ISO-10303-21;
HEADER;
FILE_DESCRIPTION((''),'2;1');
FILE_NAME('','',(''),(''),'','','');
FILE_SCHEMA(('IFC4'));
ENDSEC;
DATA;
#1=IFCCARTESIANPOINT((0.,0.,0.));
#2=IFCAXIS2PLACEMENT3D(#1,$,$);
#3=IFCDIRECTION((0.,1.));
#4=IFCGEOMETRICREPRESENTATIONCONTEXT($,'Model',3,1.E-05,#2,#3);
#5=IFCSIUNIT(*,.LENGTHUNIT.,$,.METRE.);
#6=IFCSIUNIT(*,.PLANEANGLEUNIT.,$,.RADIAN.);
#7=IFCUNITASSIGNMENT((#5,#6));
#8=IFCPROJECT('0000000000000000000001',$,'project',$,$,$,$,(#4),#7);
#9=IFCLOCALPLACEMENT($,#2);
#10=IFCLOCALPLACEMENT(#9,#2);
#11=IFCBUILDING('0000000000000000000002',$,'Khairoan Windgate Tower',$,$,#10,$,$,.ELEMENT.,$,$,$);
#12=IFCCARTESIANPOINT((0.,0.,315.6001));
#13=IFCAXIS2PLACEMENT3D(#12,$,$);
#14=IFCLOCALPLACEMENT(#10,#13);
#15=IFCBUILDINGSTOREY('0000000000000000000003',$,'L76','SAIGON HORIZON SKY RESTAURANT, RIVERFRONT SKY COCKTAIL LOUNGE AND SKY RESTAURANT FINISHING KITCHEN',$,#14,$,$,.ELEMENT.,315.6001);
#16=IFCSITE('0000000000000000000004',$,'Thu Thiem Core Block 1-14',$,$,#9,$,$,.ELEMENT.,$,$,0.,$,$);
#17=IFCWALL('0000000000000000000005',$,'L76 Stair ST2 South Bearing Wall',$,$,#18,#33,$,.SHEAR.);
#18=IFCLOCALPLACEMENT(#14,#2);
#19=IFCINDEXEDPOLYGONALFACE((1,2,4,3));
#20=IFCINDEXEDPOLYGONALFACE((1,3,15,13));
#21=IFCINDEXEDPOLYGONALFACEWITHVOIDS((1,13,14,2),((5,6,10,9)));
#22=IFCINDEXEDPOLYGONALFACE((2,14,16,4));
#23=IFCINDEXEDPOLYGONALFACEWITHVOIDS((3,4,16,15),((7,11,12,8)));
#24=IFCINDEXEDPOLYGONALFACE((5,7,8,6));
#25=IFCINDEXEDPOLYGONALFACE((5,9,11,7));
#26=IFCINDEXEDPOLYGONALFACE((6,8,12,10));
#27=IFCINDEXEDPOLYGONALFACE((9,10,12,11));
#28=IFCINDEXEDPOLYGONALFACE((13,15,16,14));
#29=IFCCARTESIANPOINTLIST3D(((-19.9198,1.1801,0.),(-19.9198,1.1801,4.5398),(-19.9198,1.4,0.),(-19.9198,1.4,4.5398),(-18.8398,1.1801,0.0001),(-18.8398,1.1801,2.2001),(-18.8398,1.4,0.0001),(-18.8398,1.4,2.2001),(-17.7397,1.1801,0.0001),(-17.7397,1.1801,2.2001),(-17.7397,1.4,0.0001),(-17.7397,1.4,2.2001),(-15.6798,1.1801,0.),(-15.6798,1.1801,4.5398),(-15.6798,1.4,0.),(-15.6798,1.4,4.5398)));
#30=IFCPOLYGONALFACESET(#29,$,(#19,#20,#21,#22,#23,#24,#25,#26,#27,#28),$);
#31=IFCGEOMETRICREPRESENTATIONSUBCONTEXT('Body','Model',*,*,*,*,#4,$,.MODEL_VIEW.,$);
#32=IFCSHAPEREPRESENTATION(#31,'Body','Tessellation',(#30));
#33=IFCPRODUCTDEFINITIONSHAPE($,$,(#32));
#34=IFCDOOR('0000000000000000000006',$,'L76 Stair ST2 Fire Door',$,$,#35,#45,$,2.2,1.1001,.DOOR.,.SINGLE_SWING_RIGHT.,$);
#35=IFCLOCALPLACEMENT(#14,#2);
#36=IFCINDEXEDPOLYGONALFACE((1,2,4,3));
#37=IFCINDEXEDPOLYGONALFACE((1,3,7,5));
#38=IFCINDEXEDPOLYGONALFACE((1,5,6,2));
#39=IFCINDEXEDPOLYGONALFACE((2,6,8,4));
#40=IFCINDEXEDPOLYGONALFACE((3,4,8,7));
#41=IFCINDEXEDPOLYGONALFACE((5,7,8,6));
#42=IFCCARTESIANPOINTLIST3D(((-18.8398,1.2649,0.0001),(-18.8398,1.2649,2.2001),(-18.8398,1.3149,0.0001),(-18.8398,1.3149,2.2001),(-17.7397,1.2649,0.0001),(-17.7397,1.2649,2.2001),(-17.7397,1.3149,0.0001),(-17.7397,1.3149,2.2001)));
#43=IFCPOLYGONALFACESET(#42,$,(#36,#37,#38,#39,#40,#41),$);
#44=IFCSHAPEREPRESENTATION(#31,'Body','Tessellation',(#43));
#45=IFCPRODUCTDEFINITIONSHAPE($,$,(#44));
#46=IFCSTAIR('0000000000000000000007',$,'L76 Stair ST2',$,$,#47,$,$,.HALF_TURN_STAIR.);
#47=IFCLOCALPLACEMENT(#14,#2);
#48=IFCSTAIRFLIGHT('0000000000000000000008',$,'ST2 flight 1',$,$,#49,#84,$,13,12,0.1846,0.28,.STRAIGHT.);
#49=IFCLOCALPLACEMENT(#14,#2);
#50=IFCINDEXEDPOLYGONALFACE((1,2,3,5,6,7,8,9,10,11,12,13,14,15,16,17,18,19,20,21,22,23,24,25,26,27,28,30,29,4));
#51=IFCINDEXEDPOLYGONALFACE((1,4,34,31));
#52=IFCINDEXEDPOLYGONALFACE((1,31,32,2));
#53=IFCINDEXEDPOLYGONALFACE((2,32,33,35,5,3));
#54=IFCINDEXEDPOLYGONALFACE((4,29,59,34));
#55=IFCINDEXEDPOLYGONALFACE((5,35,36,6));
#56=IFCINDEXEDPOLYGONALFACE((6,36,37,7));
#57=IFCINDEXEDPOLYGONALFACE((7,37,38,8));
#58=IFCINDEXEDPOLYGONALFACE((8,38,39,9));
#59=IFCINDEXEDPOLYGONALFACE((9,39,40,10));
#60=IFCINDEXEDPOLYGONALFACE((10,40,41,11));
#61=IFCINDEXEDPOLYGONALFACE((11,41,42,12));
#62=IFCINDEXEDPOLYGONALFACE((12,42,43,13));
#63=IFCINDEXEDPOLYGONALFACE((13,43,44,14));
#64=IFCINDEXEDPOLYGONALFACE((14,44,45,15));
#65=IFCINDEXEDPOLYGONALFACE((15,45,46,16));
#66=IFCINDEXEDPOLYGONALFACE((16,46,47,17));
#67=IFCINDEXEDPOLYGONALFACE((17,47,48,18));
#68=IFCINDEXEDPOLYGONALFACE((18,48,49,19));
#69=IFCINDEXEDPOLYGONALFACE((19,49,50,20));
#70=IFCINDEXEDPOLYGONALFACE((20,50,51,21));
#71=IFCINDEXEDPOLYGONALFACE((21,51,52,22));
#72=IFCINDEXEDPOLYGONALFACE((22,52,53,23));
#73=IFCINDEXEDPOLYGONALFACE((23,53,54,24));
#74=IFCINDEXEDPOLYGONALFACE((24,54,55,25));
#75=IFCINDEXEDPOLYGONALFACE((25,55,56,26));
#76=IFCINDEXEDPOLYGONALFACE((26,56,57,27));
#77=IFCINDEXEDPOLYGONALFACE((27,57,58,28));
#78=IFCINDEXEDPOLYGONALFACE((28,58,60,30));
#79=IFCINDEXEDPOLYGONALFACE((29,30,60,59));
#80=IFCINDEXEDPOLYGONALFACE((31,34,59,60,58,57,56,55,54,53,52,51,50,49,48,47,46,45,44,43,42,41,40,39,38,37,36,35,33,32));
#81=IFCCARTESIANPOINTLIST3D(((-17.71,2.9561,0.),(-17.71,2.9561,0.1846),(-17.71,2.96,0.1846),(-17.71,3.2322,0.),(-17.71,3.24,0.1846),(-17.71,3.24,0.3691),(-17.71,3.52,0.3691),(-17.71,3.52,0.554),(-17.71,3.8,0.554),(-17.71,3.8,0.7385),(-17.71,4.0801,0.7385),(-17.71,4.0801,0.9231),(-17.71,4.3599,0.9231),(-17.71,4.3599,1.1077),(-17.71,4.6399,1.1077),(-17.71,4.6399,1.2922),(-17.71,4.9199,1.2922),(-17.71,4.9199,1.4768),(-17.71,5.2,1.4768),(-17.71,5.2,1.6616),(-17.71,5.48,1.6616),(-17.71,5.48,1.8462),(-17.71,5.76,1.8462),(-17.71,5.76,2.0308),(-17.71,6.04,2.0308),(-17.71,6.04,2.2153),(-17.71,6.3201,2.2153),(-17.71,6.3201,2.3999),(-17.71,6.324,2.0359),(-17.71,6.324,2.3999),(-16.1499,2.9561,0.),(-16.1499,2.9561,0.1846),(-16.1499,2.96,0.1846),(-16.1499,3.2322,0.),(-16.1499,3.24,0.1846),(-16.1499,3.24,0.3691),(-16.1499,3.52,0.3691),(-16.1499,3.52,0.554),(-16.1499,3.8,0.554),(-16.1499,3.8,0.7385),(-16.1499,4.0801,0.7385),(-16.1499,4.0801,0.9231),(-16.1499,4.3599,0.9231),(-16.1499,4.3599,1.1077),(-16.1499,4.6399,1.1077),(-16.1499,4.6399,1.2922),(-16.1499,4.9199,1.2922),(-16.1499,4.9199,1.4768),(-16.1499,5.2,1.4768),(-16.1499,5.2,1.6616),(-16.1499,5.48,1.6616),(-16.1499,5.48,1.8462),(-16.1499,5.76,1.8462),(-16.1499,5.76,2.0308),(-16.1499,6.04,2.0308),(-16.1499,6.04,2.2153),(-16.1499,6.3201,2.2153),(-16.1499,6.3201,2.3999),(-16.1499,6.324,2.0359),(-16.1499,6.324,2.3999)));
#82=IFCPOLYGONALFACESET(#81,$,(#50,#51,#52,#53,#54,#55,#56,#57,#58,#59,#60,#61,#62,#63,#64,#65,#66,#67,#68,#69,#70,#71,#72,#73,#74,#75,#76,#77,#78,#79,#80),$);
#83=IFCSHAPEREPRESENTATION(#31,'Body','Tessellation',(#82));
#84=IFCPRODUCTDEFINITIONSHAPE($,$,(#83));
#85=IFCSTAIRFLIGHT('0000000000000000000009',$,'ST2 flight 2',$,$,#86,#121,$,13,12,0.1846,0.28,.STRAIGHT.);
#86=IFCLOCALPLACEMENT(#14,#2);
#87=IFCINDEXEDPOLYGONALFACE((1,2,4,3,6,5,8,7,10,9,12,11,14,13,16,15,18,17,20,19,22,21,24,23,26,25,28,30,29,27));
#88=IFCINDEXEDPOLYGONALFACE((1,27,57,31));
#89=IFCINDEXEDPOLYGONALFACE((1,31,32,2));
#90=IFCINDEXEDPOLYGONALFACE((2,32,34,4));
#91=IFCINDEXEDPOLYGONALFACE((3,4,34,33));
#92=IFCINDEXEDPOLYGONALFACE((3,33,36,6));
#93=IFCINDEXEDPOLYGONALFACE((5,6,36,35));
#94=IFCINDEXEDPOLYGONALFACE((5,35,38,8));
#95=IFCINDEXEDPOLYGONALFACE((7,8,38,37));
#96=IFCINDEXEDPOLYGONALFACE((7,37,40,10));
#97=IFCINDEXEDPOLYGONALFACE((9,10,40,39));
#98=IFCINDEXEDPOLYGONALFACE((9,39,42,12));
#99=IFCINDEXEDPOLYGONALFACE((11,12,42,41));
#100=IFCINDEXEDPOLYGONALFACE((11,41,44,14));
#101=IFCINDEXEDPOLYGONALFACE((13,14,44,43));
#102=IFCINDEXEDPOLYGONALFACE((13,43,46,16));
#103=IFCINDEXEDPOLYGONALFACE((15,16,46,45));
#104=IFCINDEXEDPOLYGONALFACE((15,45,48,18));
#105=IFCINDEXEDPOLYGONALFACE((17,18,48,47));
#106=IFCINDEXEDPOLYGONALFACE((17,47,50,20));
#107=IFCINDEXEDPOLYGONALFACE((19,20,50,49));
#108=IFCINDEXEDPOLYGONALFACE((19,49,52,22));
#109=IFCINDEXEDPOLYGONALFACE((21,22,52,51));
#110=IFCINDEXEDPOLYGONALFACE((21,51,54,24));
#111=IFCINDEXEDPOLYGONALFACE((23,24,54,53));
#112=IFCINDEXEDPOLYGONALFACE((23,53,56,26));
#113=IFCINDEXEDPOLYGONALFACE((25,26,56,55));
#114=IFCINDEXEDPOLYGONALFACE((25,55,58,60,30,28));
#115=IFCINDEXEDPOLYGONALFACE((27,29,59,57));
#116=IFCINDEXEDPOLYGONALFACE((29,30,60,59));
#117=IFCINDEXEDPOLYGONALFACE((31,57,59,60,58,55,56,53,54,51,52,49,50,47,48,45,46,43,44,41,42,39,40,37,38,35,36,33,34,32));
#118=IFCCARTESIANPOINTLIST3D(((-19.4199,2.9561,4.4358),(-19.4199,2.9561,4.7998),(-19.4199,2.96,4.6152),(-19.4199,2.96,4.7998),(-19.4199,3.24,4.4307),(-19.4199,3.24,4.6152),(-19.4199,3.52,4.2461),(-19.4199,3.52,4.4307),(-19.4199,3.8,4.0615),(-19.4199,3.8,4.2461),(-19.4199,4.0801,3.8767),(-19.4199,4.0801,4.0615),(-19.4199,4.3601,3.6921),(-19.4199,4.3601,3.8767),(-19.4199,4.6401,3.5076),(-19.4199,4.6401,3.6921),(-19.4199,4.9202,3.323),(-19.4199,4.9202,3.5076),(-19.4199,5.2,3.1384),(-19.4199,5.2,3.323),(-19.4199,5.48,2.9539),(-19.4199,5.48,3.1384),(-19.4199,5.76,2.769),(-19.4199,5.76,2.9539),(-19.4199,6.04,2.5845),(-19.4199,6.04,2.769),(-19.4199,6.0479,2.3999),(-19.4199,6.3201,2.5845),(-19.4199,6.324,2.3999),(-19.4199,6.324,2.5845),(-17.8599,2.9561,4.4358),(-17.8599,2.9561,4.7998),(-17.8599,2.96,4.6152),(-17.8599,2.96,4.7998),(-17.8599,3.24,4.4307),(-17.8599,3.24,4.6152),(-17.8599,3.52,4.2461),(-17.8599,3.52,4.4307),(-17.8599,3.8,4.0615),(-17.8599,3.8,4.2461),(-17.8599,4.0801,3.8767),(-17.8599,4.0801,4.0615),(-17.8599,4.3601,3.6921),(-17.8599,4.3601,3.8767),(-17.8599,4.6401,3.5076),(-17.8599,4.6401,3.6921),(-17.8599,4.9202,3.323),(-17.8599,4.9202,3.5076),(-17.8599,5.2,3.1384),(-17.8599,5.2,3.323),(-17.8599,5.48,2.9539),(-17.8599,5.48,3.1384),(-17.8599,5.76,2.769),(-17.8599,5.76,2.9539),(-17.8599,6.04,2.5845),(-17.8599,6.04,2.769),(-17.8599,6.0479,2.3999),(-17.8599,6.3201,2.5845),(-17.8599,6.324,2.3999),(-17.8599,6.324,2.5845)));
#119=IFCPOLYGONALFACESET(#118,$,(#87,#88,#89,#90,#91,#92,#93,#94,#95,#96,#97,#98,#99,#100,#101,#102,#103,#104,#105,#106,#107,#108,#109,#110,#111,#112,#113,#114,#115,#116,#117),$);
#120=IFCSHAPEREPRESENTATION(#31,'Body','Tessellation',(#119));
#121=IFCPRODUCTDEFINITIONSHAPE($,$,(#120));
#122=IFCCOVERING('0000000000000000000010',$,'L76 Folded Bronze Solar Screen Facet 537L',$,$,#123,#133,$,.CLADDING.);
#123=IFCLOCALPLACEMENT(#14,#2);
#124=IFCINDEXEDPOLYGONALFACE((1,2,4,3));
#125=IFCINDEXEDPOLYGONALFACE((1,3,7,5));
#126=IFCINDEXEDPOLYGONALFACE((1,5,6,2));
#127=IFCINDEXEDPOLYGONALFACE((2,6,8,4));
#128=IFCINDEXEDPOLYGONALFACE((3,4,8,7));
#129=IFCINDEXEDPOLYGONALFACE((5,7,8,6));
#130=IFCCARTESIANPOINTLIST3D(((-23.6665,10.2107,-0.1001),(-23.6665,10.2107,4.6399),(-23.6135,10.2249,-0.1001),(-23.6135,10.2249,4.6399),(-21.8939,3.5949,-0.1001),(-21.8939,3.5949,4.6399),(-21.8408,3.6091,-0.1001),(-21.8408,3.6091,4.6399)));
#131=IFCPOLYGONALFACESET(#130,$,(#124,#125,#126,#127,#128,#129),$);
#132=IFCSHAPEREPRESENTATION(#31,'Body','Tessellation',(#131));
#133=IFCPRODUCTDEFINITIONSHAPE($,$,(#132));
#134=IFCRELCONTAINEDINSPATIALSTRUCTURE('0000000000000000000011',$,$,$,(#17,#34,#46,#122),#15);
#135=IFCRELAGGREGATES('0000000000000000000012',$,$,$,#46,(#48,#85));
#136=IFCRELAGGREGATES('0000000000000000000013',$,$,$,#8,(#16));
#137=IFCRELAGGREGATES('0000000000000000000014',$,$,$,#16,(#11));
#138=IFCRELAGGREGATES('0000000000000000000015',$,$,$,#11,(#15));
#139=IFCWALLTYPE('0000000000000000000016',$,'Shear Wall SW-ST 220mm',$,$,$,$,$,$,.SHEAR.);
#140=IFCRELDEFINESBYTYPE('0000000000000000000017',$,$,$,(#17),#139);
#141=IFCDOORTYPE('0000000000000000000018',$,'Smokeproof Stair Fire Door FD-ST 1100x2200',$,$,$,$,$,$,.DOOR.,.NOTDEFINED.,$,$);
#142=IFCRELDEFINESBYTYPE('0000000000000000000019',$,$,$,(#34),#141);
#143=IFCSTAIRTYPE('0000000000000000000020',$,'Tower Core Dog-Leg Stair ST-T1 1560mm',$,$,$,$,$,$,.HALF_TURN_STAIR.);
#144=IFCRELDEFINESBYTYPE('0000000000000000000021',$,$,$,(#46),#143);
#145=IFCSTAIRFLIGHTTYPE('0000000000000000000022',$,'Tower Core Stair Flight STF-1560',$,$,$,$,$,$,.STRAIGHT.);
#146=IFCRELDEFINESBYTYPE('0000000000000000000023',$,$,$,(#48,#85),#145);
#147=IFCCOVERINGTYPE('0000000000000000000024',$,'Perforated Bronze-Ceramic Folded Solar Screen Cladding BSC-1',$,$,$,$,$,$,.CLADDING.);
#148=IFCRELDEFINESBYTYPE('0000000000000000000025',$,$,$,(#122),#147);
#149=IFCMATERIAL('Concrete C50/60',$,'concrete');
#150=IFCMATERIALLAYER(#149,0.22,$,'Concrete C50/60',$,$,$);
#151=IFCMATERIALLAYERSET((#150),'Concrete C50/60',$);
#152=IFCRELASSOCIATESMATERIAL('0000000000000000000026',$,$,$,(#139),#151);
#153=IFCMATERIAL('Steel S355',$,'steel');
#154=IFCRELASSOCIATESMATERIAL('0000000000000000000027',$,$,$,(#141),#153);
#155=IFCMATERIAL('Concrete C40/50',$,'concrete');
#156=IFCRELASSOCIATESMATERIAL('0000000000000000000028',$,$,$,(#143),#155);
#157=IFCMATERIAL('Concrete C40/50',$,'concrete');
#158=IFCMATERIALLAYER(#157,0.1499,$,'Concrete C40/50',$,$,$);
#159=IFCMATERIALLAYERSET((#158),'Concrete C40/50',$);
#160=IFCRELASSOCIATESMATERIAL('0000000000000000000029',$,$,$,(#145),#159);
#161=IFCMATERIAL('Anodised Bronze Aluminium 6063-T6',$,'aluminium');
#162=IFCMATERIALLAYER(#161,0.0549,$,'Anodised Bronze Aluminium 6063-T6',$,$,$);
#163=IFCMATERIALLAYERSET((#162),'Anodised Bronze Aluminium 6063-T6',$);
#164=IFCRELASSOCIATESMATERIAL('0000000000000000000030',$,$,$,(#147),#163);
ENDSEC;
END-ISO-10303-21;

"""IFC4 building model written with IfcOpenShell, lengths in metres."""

from ifc_helpers import new_model, si_unit, direction, frame, frame_2d, origin, origin_2d, place, context, subcontext, project, spatial, polyline, rectangle, outline, extrude, material, layer, layer_set, type_object, element, fill, aggregate, save


model = new_model("IFC4")

# Units and contexts
model_context = context("Model", 3, precision=1e-05, world=origin(), true_north=direction((0.0, 1.0)))
body_context = subcontext(model_context, "Body", "Model", "MODEL_VIEW")
ifc_project = project(units=[si_unit("LENGTHUNIT", "METRE"), si_unit("PLANEANGLEUNIT", "RADIAN")], contexts=[model_context])

# Site, building, storey
site_placement = place(None, origin())
site = spatial("IfcSite", under=ifc_project, at=site_placement, Name="Thu Thiem Core Block 1-14", CompositionType="ELEMENT", RefElevation=0.0)
building_placement = place(site_placement, origin())
building = spatial("IfcBuilding", under=site, at=building_placement, Name="Khairoan Windgate Tower", CompositionType="ELEMENT")
storey_placement = place(building_placement, frame((0.0, 0.0, 315.6001)))
storey = spatial("IfcBuildingStorey", under=building, at=storey_placement, Name="L76", Description="SAIGON HORIZON SKY RESTAURANT, RIVERFRONT SKY COCKTAIL LOUNGE AND SKY RESTAURANT FINISHING KITCHEN", CompositionType="ELEMENT", Elevation=315.6001)

# Shared definitions
ifc_material_1 = material(Name="Concrete C50/60", Category="concrete")
ifc_layer_1 = layer(ifc_material_1, 0.22, Name="Concrete C50/60")
ifc_layer_set_1 = layer_set([ifc_layer_1], Name="Concrete C50/60")
wall_type_1 = type_object("IfcWallType", Name="Shear Wall SW-ST 220mm", PredefinedType="SHEAR", material=ifc_layer_set_1)

# Wall, opening, door
wall_1_placement = place(storey_placement, frame((-19.9199, 1.29, 0.0), z_axis=(0.0, 0.0, 1.0), x_axis=(1.0, 0.0, 0.0)))
wall_1 = element("IfcWall", 1, at=wall_1_placement, inside=storey, type_object=wall_type_1, Name="L76 Stair ST2 South Bearing Wall", PredefinedType="SHEAR", context=body_context, shape_type="SweptSolid", body=[
    extrude(rectangle(XDim=4.24, YDim=0.22, at=frame_2d((2.1201, 0.0))), origin(), (0.0, 0.0, 1.0), 4.5398),
])
opening_placement = place(wall_1_placement, frame((1.0801, 0.0, 0.0)))
opening = element("IfcOpeningElement", 2, at=opening_placement, cuts=wall_1, PredefinedType="OPENING", context=body_context, shape_type="SweptSolid", body=[
    extrude(rectangle(XDim=1.1001, YDim=2.2, at=frame_2d((0.55, 1.1001))), frame((0.0, 0.1199, 0.0), z_axis=(0.0, -1.0, 0.0), x_axis=(1.0, 0.0, 0.0)), (0.0, 0.0, 1.0), 0.24),
])
ifc_material_2 = material(Name="Steel S355", Category="steel")
door_type = type_object("IfcDoorType", Name="Smokeproof Stair Fire Door FD-ST 1100x2200", OperationType="NOTDEFINED", PredefinedType="DOOR", material=ifc_material_2)
door_placement = place(opening_placement, origin())
door = element("IfcDoor", 3, at=door_placement, inside=storey, type_object=door_type, Name="L76 Stair ST2 Fire Door", OperationType="SINGLE_SWING_RIGHT", OverallHeight=2.2, OverallWidth=1.1001, PredefinedType="DOOR", context=body_context, shape_type="SweptSolid", body=[
    extrude(rectangle(XDim=1.1001, YDim=2.2, at=frame_2d((0.55, 1.1001))), frame((0.0, 0.0249, 0.0), z_axis=(0.0, -1.0, 0.0), x_axis=(1.0, 0.0, 0.0)), (0.0, 0.0, 1.0), 0.05),
])
fill(opening, door)

# Stair, stair flights
ifc_material_3 = material(Name="Concrete C40/50", Category="concrete")
stair_type = type_object("IfcStairType", Name="Tower Core Dog-Leg Stair ST-T1 1560mm", PredefinedType="HALF_TURN_STAIR", material=ifc_material_3)
stair_placement = place(storey_placement, origin())
stair = element("IfcStair", 4, at=stair_placement, inside=storey, type_object=stair_type, Name="L76 Stair ST2", PredefinedType="HALF_TURN_STAIR")
ifc_material_4 = material(Name="Concrete C40/50", Category="concrete")
ifc_layer_2 = layer(ifc_material_4, 0.1499, Name="Concrete C40/50")
ifc_layer_set_2 = layer_set([ifc_layer_2], Name="Concrete C40/50")
stair_flight_type = type_object("IfcStairFlightType", Name="Tower Core Stair Flight STF-1560", PredefinedType="STRAIGHT", material=ifc_layer_set_2)
stair_flight_1_placement = place(storey_placement, frame((-16.9299, 2.96, 0.0), z_axis=(0.0, 0.0, 1.0), x_axis=(0.0, 1.0, 0.0)))
stair_flight_1 = element("IfcStairFlight", 5, at=stair_flight_1_placement, type_object=stair_flight_type, Name="ST2 flight 1", NumberOfRisers=13, NumberOfTreads=12, PredefinedType="STRAIGHT", RiserHeight=0.1846, TreadLength=0.28, context=body_context, shape_type="SweptSolid", body=[
    extrude(outline(polyline([(-0.0039, 0.0), (-0.0039, 0.1846), (0.0, 0.1846), (0.28, 0.1846), (0.28, 0.3691), (0.5601, 0.3691), (0.5601, 0.554), (0.8401, 0.554), (0.8401, 0.7385), (1.1201, 0.7385), (1.1201, 0.9231), (1.3999, 0.9231), (1.3999, 1.1077), (1.6799, 1.1077), (1.6799, 1.2922), (1.96, 1.2922), (1.96, 1.4768), (2.24, 1.4768), (2.24, 1.6616), (2.52, 1.6616), (2.52, 1.8462), (2.8, 1.8462), (2.8, 2.0308), (3.0801, 2.0308), (3.0801, 2.2153), (3.3601, 2.2153), (3.3601, 2.3999), (3.364, 2.3999), (3.364, 2.0359), (0.2722, 0.0), (-0.0039, 0.0)])), frame((0.0, 0.78, 0.0), z_axis=(0.0, -1.0, 0.0), x_axis=(1.0, 0.0, 0.0)), (0.0, 0.0, 1.0), 1.5601),
])
stair_flight_2_placement = place(storey_placement, frame((-18.6399, 6.3201, 2.3999), z_axis=(0.0, 0.0, 1.0), x_axis=(0.0, -1.0, 0.0)))
stair_flight_2 = element("IfcStairFlight", 6, at=stair_flight_2_placement, type_object=stair_flight_type, Name="ST2 flight 2", NumberOfRisers=13, NumberOfTreads=12, PredefinedType="STRAIGHT", RiserHeight=0.1846, TreadLength=0.28, context=body_context, shape_type="SweptSolid", body=[
    extrude(outline(polyline([(-0.0039, 0.0), (-0.0039, 0.1846), (0.0, 0.1846), (0.28, 0.1846), (0.28, 0.3691), (0.5601, 0.3691), (0.5601, 0.554), (0.8401, 0.554), (0.8401, 0.7385), (1.1201, 0.7385), (1.1201, 0.9231), (1.3999, 0.9231), (1.3999, 1.1077), (1.6799, 1.1077), (1.6799, 1.2922), (1.96, 1.2922), (1.96, 1.4768), (2.24, 1.4768), (2.24, 1.6616), (2.52, 1.6616), (2.52, 1.8462), (2.8, 1.8462), (2.8, 2.0308), (3.0801, 2.0308), (3.0801, 2.2153), (3.3601, 2.2153), (3.3601, 2.3999), (3.364, 2.3999), (3.364, 2.0359), (0.2722, 0.0), (-0.0039, 0.0)])), frame((0.0, 0.78, 0.0), z_axis=(0.0, -1.0, 0.0), x_axis=(1.0, 0.0, 0.0)), (0.0, 0.0, 1.0), 1.5601),
])
aggregate(stair, [stair_flight_1, stair_flight_2])

# Covering
ifc_material_5 = material(Name="Anodised Bronze Aluminium 6063-T6", Category="aluminium")
ifc_layer_3 = layer(ifc_material_5, 0.0549, Name="Anodised Bronze Aluminium 6063-T6")
ifc_layer_set_3 = layer_set([ifc_layer_3], Name="Anodised Bronze Aluminium 6063-T6")
covering_type = type_object("IfcCoveringType", Name="Perforated Bronze-Ceramic Folded Solar Screen Cladding BSC-1", PredefinedType="CLADDING", material=ifc_layer_set_3)
covering_placement = place(storey_placement, frame((-22.7537, 6.9099, -0.1001), z_axis=(0.0, 0.0, 1.0), x_axis=(-0.258819, 0.965926, 0.0)))
element("IfcCovering", 7, at=covering_placement, inside=storey, type_object=covering_type, Name="L76 Folded Bronze Solar Screen Facet 537L", PredefinedType="CLADDING", context=body_context, shape_type="SweptSolid", body=[
    extrude(rectangle(XDim=6.8491, YDim=0.0549, at=origin_2d()), origin(), (0.0, 0.0, 1.0), 4.74),
])

save(model, "model.ifc")
